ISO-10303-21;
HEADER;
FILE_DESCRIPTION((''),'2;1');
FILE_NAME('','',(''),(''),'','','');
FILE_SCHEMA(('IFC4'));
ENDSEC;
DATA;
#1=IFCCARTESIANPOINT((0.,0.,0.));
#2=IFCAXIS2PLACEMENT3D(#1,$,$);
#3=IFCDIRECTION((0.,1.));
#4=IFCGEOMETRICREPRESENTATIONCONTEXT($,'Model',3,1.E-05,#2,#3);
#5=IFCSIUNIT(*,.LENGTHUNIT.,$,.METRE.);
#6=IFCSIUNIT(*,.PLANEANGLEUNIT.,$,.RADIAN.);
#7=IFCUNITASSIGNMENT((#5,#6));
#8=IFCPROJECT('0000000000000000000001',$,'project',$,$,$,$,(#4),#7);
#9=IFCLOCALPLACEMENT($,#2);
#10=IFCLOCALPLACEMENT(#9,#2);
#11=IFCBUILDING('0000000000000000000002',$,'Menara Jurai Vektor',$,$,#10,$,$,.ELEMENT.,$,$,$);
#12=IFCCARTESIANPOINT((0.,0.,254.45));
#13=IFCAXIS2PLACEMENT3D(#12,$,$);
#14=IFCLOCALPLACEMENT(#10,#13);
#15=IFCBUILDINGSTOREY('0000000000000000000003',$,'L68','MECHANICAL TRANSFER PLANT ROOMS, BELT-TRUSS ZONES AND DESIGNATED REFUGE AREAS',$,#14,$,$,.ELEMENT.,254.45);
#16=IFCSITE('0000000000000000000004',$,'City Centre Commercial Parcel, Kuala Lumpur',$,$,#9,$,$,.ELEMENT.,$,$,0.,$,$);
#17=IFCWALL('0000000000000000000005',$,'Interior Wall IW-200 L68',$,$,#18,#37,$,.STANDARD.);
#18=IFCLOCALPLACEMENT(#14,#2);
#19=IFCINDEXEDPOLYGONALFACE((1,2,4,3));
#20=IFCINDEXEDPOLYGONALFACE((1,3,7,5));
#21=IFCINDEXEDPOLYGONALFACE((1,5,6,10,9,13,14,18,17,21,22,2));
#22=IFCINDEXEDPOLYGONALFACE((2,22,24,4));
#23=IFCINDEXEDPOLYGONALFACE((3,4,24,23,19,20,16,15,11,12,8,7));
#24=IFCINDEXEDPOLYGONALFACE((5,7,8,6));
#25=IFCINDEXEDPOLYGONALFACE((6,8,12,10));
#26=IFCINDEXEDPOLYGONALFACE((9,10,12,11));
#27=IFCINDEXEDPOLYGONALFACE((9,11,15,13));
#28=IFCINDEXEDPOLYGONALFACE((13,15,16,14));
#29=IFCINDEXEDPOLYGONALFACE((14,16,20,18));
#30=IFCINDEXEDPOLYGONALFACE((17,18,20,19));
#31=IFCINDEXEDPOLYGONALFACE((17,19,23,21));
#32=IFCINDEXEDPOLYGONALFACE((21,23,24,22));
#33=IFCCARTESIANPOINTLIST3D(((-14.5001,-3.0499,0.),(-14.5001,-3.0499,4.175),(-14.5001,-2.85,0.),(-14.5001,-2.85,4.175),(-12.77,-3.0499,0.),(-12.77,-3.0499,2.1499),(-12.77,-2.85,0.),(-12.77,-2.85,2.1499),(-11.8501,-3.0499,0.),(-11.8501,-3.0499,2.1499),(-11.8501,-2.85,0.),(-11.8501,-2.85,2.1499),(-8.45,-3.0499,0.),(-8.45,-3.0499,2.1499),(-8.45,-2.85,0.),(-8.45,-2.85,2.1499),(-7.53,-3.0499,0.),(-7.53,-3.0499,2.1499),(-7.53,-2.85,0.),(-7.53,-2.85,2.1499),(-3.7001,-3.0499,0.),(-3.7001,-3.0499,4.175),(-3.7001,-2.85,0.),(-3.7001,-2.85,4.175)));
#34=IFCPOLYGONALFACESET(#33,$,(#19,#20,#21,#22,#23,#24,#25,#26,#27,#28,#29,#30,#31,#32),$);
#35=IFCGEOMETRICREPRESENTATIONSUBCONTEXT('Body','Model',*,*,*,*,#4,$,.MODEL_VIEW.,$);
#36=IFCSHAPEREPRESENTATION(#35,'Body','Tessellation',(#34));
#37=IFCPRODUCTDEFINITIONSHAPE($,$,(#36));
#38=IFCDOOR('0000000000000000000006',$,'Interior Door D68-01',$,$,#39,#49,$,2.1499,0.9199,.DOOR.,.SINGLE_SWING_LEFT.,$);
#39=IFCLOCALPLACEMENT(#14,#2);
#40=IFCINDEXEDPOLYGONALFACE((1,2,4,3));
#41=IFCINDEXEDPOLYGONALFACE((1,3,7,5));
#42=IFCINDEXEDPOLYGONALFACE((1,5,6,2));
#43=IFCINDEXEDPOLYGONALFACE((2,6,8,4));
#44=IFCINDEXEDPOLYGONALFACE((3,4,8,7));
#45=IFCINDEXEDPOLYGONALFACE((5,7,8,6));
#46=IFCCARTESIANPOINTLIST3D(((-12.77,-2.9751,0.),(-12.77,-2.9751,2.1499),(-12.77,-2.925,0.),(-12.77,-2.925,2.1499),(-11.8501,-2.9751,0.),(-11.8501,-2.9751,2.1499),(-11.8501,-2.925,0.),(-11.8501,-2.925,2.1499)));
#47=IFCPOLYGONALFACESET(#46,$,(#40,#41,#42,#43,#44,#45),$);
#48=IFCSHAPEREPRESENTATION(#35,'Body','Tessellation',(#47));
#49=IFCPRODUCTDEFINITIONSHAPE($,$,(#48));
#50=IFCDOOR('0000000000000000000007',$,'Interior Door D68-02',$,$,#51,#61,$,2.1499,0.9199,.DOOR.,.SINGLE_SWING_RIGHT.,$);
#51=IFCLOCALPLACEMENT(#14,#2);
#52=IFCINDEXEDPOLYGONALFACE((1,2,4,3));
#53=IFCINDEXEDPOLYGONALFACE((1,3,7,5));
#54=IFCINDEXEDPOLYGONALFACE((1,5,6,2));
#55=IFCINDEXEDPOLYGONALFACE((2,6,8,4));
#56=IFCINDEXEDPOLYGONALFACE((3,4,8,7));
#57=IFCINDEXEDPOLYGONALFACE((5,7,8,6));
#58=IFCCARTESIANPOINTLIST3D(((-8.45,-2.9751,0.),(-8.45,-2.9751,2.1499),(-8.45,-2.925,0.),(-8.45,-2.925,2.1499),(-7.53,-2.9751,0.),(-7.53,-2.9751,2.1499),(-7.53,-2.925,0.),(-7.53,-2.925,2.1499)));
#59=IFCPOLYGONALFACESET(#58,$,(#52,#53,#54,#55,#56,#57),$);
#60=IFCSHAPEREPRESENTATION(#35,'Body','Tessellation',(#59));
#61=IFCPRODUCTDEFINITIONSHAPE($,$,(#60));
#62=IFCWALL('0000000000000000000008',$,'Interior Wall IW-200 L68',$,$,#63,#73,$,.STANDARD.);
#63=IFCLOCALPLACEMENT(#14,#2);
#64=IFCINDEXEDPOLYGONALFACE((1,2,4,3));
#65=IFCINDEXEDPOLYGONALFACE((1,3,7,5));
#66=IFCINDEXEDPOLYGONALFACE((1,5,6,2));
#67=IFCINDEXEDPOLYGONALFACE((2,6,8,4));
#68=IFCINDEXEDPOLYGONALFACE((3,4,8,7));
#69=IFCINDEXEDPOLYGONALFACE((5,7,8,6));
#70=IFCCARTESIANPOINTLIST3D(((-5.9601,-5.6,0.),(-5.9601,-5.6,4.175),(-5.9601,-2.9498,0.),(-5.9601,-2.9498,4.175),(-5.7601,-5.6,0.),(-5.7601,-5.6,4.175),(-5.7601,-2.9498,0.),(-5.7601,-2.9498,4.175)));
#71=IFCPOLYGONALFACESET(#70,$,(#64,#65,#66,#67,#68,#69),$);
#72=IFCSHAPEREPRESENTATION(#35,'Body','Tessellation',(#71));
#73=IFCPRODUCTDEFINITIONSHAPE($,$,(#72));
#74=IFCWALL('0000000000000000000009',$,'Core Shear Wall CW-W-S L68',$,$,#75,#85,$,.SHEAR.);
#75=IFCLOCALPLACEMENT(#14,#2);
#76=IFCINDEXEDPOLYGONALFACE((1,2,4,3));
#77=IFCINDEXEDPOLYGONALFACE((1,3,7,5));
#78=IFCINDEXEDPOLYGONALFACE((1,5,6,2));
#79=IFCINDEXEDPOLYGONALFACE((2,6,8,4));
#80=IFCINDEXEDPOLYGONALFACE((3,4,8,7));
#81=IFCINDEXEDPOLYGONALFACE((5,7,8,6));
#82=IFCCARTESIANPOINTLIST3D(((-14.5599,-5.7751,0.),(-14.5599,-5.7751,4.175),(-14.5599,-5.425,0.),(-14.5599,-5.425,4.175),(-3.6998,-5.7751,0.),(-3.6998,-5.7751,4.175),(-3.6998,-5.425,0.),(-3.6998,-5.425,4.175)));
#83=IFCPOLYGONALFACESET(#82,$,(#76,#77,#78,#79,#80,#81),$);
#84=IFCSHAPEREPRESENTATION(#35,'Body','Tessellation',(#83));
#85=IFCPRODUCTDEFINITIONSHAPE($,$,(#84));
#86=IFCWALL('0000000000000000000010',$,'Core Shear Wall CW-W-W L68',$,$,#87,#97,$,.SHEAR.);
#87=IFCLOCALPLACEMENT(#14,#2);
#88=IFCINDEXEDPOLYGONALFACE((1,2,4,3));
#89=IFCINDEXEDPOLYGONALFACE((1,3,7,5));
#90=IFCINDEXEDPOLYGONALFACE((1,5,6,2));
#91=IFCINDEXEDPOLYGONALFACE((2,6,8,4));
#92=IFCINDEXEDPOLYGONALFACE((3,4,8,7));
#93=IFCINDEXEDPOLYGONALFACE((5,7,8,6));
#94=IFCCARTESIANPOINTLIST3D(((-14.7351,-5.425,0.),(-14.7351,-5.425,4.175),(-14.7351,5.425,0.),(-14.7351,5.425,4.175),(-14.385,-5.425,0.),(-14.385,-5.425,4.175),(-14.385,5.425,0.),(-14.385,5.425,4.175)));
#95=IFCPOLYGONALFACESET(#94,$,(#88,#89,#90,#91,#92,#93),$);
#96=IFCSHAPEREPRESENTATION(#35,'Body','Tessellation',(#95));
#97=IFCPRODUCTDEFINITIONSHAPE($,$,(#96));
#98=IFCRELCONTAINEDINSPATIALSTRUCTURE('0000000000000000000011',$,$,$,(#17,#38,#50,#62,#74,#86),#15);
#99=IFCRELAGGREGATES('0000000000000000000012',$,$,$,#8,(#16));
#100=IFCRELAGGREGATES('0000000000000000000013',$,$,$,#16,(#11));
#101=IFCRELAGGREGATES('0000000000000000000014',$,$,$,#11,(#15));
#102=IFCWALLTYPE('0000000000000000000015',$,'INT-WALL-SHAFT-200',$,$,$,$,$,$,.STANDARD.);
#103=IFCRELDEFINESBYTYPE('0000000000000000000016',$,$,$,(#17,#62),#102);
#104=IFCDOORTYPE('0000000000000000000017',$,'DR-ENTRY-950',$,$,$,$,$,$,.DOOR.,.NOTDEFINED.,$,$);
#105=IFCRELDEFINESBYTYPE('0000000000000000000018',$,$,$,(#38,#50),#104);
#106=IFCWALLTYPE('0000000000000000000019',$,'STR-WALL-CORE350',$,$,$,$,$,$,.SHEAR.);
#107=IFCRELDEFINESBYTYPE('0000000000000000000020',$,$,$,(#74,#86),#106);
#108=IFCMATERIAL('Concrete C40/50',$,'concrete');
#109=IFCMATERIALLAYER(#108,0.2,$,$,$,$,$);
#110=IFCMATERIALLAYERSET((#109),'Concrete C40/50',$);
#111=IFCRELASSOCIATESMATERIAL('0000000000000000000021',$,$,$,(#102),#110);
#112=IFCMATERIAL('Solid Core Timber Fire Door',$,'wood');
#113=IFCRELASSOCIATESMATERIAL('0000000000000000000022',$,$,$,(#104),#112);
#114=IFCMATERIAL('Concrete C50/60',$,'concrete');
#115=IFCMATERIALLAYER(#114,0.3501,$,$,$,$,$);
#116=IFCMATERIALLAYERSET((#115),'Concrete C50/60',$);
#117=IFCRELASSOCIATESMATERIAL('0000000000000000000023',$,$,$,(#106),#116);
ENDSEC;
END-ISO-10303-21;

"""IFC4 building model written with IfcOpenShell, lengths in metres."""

from ifc_helpers import new_model, si_unit, direction, frame, frame_2d, origin, place, context, subcontext, project, spatial, rectangle, extrude, material, layer, layer_set, type_object, element, fill, save


model = new_model("IFC4")

# Units and contexts
model_context = context("Model", 3, precision=1e-05, world=origin(), true_north=direction((0.0, 1.0)))
body_context = subcontext(model_context, "Body", "Model", "MODEL_VIEW")
ifc_project = project(units=[si_unit("LENGTHUNIT", "METRE"), si_unit("PLANEANGLEUNIT", "RADIAN")], contexts=[model_context])

# Site, building, storey
site_placement = place(None, origin())
site = spatial("IfcSite", under=ifc_project, at=site_placement, Name="City Centre Commercial Parcel, Kuala Lumpur", CompositionType="ELEMENT", RefElevation=0.0)
building_placement = place(site_placement, origin())
building = spatial("IfcBuilding", under=site, at=building_placement, Name="Menara Jurai Vektor", CompositionType="ELEMENT")
storey_placement = place(building_placement, frame((0.0, 0.0, 254.45)))
storey = spatial("IfcBuildingStorey", under=building, at=storey_placement, Name="L68", Description="MECHANICAL TRANSFER PLANT ROOMS, BELT-TRUSS ZONES AND DESIGNATED REFUGE AREAS", CompositionType="ELEMENT", Elevation=254.45)

# Shared definitions
ifc_material_1 = material(Name="Concrete C50/60", Category="concrete")

# Shared definitions
ifc_material_2 = material(Name="Concrete C40/50", Category="concrete")

# Shared definitions
ifc_layer_1 = layer(ifc_material_2, 0.2)
ifc_layer_set_1 = layer_set([ifc_layer_1], Name="Concrete C40/50")
wall_type_1 = type_object("IfcWallType", Name="INT-WALL-SHAFT-200", PredefinedType="STANDARD", material=ifc_layer_set_1)

# Wall, openings, doors
wall_1_placement = place(storey_placement, frame((-14.5, -2.95, 0.0), z_axis=(0.0, 0.0, 1.0), x_axis=(1.0, 0.0, 0.0)))
wall_1 = element("IfcWall", 1, at=wall_1_placement, inside=storey, type_object=wall_type_1, Name="Interior Wall IW-200 L68", PredefinedType="STANDARD", context=body_context, shape_type="SweptSolid", body=[
    extrude(rectangle(XDim=10.8, YDim=0.2, at=frame_2d((5.3999, 0.0))), origin(), (0.0, 0.0, 1.0), 4.175),
])
opening_1_placement = place(wall_1_placement, frame((1.73, 0.0, 0.0)))
opening_1 = element("IfcOpeningElement", 2, at=opening_1_placement, cuts=wall_1, PredefinedType="OPENING", context=body_context, shape_type="SweptSolid", body=[
    extrude(rectangle(XDim=0.9199, YDim=2.1499, at=frame_2d((0.46, 1.075))), frame((0.0, 0.1099, 0.0), z_axis=(0.0, -1.0, 0.0), x_axis=(1.0, 0.0, 0.0)), (0.0, 0.0, 1.0), 0.22),
])
opening_2_placement = place(wall_1_placement, frame((6.05, 0.0, 0.0)))
opening_2 = element("IfcOpeningElement", 3, at=opening_2_placement, cuts=wall_1, PredefinedType="OPENING", context=body_context, shape_type="SweptSolid", body=[
    extrude(rectangle(XDim=0.9199, YDim=2.1499, at=frame_2d((0.46, 1.075))), frame((0.0, 0.1099, 0.0), z_axis=(0.0, -1.0, 0.0), x_axis=(1.0, 0.0, 0.0)), (0.0, 0.0, 1.0), 0.22),
])
ifc_material_3 = material(Name="Solid Core Timber Fire Door", Category="wood")
door_type_1 = type_object("IfcDoorType", Name="DR-ENTRY-950", OperationType="NOTDEFINED", PredefinedType="DOOR", material=ifc_material_3)
door_1_placement = place(opening_1_placement, origin())
door_1 = element("IfcDoor", 4, at=door_1_placement, inside=storey, type_object=door_type_1, Name="Interior Door D68-01", OperationType="SINGLE_SWING_LEFT", OverallHeight=2.1499, OverallWidth=0.9199, PredefinedType="DOOR", context=body_context, shape_type="SweptSolid", body=[
    extrude(rectangle(XDim=0.9199, YDim=2.1499, at=frame_2d((0.46, 1.075))), frame((0.0, 0.0249, 0.0), z_axis=(0.0, -1.0, 0.0), x_axis=(1.0, 0.0, 0.0)), (0.0, 0.0, 1.0), 0.05),
])
fill(opening_1, door_1)
door_2_placement = place(opening_2_placement, origin())
door_2 = element("IfcDoor", 5, at=door_2_placement, inside=storey, type_object=door_type_1, Name="Interior Door D68-02", OperationType="SINGLE_SWING_RIGHT", OverallHeight=2.1499, OverallWidth=0.9199, PredefinedType="DOOR", context=body_context, shape_type="SweptSolid", body=[
    extrude(rectangle(XDim=0.9199, YDim=2.1499, at=frame_2d((0.46, 1.075))), frame((0.0, 0.0249, 0.0), z_axis=(0.0, -1.0, 0.0), x_axis=(1.0, 0.0, 0.0)), (0.0, 0.0, 1.0), 0.05),
])
fill(opening_2, door_2)

# Walls
wall_2_placement = place(storey_placement, frame((-5.8601, -5.6001, 0.0), z_axis=(0.0, 0.0, 1.0), x_axis=(0.0, 1.0, 0.0)))
element("IfcWall", 6, at=wall_2_placement, inside=storey, type_object=wall_type_1, Name="Interior Wall IW-200 L68", PredefinedType="STANDARD", context=body_context, shape_type="SweptSolid", body=[
    extrude(rectangle(XDim=2.6501, YDim=0.2, at=frame_2d((1.3252, 0.0))), origin(), (0.0, 0.0, 1.0), 4.175),
])
ifc_layer_2 = layer(ifc_material_1, 0.3501)
ifc_layer_set_2 = layer_set([ifc_layer_2], Name="Concrete C50/60")
wall_type_2 = type_object("IfcWallType", Name="STR-WALL-CORE350", PredefinedType="SHEAR", material=ifc_layer_set_2)
wall_3_placement = place(storey_placement, frame((-14.5601, -5.6001, 0.0), z_axis=(0.0, 0.0, 1.0), x_axis=(1.0, 0.0, 0.0)))
element("IfcWall", 7, at=wall_3_placement, inside=storey, type_object=wall_type_2, Name="Core Shear Wall CW-W-S L68", PredefinedType="SHEAR", context=body_context, shape_type="SweptSolid", body=[
    extrude(rectangle(XDim=10.8601, YDim=0.3501, at=frame_2d((5.4302, 0.0))), origin(), (0.0, 0.0, 1.0), 4.175),
])
wall_4_placement = place(storey_placement, frame((-14.5601, -5.425, 0.0), z_axis=(0.0, 0.0, 1.0), x_axis=(0.0, 1.0, 0.0)))
element("IfcWall", 8, at=wall_4_placement, inside=storey, type_object=wall_type_2, Name="Core Shear Wall CW-W-W L68", PredefinedType="SHEAR", context=body_context, shape_type="SweptSolid", body=[
    extrude(rectangle(XDim=10.8501, YDim=0.3501, at=frame_2d((5.425, 0.0))), origin(), (0.0, 0.0, 1.0), 4.175),
])

save(model, "model.ifc")
